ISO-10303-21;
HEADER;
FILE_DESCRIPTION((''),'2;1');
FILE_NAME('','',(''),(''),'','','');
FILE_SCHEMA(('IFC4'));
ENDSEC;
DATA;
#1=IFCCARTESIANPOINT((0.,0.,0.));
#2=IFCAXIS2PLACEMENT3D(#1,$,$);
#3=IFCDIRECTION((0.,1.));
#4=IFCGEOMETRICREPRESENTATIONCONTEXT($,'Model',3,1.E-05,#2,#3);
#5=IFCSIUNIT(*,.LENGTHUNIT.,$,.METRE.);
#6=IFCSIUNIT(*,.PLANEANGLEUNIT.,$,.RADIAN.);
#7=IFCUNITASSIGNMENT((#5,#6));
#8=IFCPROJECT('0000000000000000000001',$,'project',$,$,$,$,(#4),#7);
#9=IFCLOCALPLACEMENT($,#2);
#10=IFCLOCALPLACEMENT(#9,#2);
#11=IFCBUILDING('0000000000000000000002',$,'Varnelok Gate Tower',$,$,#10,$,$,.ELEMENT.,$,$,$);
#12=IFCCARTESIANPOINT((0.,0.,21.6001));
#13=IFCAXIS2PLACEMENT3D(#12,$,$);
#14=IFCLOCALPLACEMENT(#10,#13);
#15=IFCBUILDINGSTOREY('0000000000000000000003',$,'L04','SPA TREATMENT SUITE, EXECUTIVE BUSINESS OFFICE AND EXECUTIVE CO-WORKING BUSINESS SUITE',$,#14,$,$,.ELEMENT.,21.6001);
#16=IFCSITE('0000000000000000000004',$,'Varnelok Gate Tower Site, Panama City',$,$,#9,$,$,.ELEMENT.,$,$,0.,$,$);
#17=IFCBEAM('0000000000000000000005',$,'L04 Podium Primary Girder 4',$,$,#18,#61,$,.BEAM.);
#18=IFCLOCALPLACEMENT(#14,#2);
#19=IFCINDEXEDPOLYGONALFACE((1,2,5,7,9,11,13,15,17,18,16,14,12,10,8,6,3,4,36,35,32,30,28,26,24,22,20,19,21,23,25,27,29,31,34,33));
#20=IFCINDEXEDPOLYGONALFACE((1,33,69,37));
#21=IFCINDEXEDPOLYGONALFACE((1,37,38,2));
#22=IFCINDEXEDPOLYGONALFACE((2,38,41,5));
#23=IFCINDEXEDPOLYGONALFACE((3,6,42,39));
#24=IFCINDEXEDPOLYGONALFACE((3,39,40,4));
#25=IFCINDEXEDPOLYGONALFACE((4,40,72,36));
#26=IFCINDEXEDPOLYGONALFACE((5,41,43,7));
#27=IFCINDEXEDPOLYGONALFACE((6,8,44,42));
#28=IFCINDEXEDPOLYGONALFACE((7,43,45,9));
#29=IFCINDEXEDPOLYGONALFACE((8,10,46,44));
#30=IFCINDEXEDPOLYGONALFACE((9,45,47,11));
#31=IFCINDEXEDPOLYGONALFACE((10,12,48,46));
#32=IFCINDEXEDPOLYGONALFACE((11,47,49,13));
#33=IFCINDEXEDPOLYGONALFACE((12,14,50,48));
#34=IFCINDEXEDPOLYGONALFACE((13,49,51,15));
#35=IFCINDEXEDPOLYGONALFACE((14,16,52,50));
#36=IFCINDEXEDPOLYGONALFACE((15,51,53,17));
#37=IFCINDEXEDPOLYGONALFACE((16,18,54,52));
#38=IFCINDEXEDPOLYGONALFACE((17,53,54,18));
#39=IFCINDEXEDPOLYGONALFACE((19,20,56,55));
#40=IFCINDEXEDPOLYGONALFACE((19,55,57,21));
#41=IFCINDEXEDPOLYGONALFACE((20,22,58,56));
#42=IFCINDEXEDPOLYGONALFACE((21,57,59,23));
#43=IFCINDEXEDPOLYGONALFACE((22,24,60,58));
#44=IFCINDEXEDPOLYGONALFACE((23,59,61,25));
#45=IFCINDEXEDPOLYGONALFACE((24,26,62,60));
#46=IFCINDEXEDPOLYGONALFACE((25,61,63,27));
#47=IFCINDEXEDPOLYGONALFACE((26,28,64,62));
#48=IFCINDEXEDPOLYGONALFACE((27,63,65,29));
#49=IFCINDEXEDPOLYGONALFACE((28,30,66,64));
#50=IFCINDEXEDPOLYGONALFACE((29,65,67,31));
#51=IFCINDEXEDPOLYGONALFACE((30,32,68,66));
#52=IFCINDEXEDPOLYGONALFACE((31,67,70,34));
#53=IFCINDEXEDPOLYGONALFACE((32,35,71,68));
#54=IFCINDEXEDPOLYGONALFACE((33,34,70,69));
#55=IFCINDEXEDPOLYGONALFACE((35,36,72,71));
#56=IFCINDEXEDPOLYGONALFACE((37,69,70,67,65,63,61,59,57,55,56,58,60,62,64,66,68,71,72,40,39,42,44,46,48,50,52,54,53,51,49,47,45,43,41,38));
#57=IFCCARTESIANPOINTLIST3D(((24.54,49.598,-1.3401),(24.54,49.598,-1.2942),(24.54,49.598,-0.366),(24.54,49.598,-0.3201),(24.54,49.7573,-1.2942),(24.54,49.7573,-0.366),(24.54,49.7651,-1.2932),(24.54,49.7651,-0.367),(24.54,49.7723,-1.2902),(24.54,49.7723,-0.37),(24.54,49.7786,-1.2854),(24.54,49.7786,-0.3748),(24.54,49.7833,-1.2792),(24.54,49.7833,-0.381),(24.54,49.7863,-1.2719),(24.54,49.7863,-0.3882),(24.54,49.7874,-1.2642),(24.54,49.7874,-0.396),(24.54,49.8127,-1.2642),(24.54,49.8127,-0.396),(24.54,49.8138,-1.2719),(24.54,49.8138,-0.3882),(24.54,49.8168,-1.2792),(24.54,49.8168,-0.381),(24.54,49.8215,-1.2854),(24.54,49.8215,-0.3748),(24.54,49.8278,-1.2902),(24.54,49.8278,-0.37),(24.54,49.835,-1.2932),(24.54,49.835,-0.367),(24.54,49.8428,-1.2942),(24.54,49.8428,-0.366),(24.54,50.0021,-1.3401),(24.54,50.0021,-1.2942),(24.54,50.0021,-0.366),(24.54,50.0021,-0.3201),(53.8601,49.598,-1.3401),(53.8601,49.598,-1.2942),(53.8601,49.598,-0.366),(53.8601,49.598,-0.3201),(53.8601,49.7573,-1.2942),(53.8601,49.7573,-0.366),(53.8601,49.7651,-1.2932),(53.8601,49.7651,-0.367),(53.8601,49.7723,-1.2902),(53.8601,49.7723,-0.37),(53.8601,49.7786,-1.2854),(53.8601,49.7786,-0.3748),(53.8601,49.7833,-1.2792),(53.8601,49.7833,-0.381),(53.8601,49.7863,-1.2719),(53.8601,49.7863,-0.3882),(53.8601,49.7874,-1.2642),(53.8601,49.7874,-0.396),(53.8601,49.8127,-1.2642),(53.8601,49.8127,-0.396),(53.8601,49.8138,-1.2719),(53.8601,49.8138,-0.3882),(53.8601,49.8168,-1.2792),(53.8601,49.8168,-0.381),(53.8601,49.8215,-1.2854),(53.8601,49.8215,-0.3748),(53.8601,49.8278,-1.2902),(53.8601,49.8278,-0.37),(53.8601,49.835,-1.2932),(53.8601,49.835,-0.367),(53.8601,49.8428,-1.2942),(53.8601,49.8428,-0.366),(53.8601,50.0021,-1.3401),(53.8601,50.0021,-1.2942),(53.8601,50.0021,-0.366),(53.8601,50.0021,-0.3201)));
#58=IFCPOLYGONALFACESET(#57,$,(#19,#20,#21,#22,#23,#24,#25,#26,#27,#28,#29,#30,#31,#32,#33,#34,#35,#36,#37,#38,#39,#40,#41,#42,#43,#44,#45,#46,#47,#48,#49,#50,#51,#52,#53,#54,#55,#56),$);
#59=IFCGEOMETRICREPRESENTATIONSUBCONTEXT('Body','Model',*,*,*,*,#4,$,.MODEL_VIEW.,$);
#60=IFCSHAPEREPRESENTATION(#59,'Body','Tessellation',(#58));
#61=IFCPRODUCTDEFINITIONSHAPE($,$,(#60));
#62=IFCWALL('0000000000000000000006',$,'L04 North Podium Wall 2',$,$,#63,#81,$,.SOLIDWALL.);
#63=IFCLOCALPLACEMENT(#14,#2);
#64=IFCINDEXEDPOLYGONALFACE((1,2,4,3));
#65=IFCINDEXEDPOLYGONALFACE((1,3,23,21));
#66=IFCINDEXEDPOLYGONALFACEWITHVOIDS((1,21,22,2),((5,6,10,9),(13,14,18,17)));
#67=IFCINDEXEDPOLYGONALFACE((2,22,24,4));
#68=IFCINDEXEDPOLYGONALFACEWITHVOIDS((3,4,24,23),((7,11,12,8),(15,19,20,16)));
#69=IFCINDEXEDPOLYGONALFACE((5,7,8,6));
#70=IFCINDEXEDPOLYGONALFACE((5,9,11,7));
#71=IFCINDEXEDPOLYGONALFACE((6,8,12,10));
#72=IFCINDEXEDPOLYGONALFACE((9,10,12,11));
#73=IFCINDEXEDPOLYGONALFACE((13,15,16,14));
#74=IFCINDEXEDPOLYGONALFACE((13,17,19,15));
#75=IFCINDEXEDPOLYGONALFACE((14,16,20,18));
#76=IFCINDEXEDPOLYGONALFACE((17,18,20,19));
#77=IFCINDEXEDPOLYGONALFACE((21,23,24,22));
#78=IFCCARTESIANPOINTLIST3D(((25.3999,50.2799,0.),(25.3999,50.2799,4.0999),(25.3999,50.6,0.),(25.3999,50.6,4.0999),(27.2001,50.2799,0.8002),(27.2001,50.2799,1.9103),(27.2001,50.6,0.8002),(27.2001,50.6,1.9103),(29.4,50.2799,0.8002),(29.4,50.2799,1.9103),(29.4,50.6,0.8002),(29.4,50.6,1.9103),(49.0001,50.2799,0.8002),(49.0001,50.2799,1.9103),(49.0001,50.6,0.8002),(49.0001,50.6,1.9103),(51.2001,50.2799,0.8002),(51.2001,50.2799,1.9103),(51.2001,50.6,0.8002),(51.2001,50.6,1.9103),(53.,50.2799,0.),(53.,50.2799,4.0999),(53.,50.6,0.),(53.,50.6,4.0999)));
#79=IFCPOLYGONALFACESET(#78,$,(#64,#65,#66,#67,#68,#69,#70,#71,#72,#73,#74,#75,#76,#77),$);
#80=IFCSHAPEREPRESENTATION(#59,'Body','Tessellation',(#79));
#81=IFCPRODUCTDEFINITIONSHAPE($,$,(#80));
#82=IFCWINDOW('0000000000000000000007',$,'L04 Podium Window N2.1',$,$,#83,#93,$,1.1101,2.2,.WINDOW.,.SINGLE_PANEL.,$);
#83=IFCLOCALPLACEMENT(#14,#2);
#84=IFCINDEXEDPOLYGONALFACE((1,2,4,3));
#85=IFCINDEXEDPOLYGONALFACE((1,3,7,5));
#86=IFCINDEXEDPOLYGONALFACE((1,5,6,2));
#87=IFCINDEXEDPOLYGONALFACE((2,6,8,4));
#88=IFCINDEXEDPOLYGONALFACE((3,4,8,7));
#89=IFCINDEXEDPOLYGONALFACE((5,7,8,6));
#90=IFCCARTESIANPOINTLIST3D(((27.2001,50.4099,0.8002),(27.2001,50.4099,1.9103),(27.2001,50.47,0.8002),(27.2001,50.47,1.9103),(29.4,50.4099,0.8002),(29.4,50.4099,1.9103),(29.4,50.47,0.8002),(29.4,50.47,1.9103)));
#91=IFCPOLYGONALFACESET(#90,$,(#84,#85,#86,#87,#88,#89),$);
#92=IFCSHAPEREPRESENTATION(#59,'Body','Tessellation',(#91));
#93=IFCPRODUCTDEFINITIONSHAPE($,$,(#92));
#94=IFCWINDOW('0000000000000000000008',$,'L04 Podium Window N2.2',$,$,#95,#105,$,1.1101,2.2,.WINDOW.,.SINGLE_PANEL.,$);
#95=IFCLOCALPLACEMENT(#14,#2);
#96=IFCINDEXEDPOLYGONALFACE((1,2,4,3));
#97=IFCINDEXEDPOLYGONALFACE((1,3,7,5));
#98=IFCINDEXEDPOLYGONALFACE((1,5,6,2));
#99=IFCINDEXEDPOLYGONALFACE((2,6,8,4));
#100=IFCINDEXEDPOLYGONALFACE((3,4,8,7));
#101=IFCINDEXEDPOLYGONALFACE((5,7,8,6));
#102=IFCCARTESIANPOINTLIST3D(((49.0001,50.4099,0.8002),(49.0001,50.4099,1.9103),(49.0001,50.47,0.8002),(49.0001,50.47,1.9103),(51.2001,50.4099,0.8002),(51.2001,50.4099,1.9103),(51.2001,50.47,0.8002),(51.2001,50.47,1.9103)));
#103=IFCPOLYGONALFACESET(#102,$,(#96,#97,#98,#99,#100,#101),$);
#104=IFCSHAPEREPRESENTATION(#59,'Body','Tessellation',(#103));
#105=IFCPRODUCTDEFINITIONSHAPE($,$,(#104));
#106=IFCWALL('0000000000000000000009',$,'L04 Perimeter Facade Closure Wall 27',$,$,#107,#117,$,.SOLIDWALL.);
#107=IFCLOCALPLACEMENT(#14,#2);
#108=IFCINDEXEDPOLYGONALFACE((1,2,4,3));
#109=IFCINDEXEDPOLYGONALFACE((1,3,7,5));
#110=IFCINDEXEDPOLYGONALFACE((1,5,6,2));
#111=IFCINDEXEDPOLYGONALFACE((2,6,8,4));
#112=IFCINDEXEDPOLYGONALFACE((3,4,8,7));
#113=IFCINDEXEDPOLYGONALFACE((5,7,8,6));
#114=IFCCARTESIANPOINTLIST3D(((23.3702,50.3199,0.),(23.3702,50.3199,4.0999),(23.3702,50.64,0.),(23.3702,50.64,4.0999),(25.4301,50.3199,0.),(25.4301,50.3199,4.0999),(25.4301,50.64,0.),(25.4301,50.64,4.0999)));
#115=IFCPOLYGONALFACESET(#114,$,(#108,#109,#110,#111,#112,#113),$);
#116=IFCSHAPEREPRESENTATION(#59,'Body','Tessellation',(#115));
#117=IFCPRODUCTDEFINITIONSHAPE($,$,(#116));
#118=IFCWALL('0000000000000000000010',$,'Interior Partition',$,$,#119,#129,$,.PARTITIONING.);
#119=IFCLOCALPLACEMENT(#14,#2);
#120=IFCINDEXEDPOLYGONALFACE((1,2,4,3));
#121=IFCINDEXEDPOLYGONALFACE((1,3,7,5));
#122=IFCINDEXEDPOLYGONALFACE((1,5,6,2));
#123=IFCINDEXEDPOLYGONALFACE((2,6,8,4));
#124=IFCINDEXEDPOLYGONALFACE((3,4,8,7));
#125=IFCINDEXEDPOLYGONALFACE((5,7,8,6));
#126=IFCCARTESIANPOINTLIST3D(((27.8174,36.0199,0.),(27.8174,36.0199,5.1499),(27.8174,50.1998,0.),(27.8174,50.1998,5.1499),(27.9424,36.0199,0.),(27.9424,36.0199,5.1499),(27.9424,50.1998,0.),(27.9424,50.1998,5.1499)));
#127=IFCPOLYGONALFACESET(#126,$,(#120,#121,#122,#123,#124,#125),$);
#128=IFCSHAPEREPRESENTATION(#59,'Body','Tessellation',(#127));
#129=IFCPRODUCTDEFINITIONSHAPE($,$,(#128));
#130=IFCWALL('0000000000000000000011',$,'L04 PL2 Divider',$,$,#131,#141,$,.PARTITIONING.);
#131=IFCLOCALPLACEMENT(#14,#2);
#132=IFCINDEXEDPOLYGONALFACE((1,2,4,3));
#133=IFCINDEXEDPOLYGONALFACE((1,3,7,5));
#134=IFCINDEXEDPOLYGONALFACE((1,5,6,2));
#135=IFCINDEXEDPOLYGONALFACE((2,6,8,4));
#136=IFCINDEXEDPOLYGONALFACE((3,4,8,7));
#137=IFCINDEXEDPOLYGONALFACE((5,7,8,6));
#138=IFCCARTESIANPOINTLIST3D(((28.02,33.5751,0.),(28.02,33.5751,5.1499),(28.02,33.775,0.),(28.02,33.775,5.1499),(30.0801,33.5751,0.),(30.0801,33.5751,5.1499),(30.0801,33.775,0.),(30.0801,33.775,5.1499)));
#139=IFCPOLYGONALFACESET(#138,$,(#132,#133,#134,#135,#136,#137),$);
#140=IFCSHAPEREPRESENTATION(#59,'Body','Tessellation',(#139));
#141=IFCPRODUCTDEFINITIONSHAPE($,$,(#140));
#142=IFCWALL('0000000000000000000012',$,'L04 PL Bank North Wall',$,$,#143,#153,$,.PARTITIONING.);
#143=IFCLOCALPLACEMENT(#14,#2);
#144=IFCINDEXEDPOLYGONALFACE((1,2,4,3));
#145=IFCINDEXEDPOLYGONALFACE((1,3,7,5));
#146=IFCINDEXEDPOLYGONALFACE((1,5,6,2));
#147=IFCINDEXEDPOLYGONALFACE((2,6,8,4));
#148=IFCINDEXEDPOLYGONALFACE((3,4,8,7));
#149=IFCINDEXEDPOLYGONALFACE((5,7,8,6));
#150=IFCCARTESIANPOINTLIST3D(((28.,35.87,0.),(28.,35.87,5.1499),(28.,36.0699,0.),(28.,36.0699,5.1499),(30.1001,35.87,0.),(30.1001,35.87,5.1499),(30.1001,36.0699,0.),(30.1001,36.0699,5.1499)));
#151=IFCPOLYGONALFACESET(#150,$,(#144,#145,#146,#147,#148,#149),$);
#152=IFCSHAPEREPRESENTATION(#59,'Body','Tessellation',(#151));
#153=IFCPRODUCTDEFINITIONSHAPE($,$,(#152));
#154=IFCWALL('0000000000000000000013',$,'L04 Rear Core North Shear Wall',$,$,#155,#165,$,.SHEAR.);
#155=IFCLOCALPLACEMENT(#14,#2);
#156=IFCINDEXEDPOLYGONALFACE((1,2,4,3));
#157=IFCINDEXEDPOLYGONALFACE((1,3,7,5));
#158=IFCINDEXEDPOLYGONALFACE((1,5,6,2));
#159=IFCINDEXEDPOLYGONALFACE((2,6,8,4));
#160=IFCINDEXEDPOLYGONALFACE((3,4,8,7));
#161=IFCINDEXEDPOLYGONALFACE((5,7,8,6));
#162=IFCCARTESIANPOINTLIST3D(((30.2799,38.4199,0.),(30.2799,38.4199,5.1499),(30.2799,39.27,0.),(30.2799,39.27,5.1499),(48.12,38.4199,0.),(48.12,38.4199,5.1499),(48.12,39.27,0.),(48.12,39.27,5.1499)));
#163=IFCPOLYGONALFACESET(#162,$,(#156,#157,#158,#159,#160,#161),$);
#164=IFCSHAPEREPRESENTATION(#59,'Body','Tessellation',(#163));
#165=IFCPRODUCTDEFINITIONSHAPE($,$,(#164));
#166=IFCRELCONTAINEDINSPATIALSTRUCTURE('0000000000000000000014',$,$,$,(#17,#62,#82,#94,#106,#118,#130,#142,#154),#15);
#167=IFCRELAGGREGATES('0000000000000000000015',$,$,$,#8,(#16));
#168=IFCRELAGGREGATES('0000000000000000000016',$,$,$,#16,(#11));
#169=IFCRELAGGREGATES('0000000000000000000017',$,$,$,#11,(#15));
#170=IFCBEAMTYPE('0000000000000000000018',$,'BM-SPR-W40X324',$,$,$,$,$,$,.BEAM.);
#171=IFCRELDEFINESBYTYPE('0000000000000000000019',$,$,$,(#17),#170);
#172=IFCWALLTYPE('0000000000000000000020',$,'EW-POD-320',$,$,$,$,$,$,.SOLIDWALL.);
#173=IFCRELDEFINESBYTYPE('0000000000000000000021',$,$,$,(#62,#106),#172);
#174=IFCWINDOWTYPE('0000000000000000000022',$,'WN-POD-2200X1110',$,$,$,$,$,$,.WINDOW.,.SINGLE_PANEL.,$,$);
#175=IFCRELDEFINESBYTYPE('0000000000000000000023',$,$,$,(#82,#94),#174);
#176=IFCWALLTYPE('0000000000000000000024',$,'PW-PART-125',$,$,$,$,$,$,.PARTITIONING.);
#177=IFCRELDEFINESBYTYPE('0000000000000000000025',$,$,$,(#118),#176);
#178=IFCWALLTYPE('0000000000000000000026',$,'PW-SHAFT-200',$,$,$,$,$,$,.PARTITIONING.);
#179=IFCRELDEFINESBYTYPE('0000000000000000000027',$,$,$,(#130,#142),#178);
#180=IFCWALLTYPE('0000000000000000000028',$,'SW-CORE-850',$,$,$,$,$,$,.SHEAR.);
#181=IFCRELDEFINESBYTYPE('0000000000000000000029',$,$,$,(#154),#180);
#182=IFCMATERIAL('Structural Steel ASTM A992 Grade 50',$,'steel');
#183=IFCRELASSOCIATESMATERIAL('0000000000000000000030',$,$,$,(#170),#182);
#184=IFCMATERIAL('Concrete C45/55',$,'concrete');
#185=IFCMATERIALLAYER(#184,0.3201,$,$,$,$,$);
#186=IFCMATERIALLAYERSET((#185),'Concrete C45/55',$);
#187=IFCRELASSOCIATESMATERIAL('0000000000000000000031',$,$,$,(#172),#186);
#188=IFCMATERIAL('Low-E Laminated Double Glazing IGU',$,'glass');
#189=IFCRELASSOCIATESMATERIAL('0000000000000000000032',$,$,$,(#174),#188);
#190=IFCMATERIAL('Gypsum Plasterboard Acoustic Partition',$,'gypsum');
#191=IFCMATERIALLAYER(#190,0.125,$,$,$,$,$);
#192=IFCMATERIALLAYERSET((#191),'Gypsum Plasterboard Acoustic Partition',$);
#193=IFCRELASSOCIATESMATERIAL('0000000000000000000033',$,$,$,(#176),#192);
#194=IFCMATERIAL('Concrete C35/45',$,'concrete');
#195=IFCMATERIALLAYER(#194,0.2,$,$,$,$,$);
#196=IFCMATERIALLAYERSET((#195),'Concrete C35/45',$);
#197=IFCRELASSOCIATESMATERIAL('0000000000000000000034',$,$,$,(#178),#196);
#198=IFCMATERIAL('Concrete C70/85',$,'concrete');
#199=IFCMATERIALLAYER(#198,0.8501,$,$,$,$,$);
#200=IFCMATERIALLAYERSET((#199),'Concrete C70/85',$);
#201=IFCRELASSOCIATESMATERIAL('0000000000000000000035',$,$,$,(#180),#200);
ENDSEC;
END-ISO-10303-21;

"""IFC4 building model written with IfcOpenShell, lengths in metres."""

from ifc_helpers import new_model, si_unit, direction, frame, frame_2d, origin, origin_2d, place, context, subcontext, project, spatial, rectangle, i_section, extrude, material, layer, layer_set, material_profile, profile_set, type_object, element, fill, save


model = new_model("IFC4")

# Units and contexts
model_context = context("Model", 3, precision=1e-05, world=origin(), true_north=direction((0.0, 1.0)))
body_context = subcontext(model_context, "Body", "Model", "MODEL_VIEW")
ifc_project = project(units=[si_unit("LENGTHUNIT", "METRE"), si_unit("PLANEANGLEUNIT", "RADIAN")], contexts=[model_context])

# Site, building, storey
site_placement = place(None, origin())
site = spatial("IfcSite", under=ifc_project, at=site_placement, Name="Varnelok Gate Tower Site, Panama City", CompositionType="ELEMENT", RefElevation=0.0)
building_placement = place(site_placement, origin())
building = spatial("IfcBuilding", under=site, at=building_placement, Name="Varnelok Gate Tower", CompositionType="ELEMENT")
storey_placement = place(building_placement, frame((0.0, 0.0, 21.6001)))
storey = spatial("IfcBuildingStorey", under=building, at=storey_placement, Name="L04", Description="SPA TREATMENT SUITE, EXECUTIVE BUSINESS OFFICE AND EXECUTIVE CO-WORKING BUSINESS SUITE", CompositionType="ELEMENT", Elevation=21.6001)

# Shared definitions
ifc_material_1 = material(Name="Concrete C70/85", Category="concrete")

# Beam
ifc_material_2 = material(Name="Structural Steel ASTM A992 Grade 50", Category="steel")
ifc_material_profile_1 = material_profile(ifc_material_2, i_section(OverallWidth=0.4041, OverallDepth=1.02, WebThickness=0.0254, FlangeThickness=0.0459, FilletRadius=0.03, at=origin_2d()), Name="W40X324")
ifc_profile_set_1 = profile_set([ifc_material_profile_1], Name="Structural Steel ASTM A992 Grade 50")
beam_type_1 = type_object("IfcBeamType", Name="BM-SPR-W40X324", PredefinedType="BEAM", material=ifc_profile_set_1)
beam_1_placement = place(storey_placement, frame((24.54, 49.8, -0.8301), z_axis=(1.0, 0.0, 0.0), x_axis=(0.0, 1.0, 0.0)))
element("IfcBeam", 1, at=beam_1_placement, inside=storey, type_object=beam_type_1, Name="L04 Podium Primary Girder 4", PredefinedType="BEAM", context=body_context, shape_type="SweptSolid", body=[
    extrude(i_section(OverallWidth=0.4041, OverallDepth=1.02, WebThickness=0.0254, FlangeThickness=0.0459, FilletRadius=0.03, at=origin_2d()), origin(), (0.0, 0.0, 1.0), 29.3201),
])

# Wall, openings, windows
ifc_material_3 = material(Name="Concrete C45/55", Category="concrete")
ifc_layer_1 = layer(ifc_material_3, 0.3201)
ifc_layer_set_1 = layer_set([ifc_layer_1], Name="Concrete C45/55")
wall_type_1 = type_object("IfcWallType", Name="EW-POD-320", PredefinedType="SOLIDWALL", material=ifc_layer_set_1)
wall_1_placement = place(storey_placement, frame((25.3999, 50.4399, 0.0), z_axis=(0.0, 0.0, 1.0), x_axis=(1.0, 0.0, 0.0)))
wall_1 = element("IfcWall", 2, at=wall_1_placement, inside=storey, type_object=wall_type_1, Name="L04 North Podium Wall 2", PredefinedType="SOLIDWALL", context=body_context, shape_type="SweptSolid", body=[
    extrude(rectangle(XDim=27.6001, YDim=0.3201, at=frame_2d((13.8, 0.0))), origin(), (0.0, 0.0, 1.0), 4.0999),
])
opening_1_placement = place(wall_1_placement, frame((1.8, 0.0, 0.8)))
opening_1 = element("IfcOpeningElement", 3, at=opening_1_placement, cuts=wall_1, PredefinedType="OPENING", context=body_context, shape_type="SweptSolid", body=[
    extrude(rectangle(XDim=2.2, YDim=1.1101, at=frame_2d((1.1001, 0.5552))), frame((0.0, 0.1699, 0.0), z_axis=(0.0, -1.0, 0.0), x_axis=(1.0, 0.0, 0.0)), (0.0, 0.0, 1.0), 0.3401),
])
opening_2_placement = place(wall_1_placement, frame((23.6001, 0.0, 0.8)))
opening_2 = element("IfcOpeningElement", 4, at=opening_2_placement, cuts=wall_1, PredefinedType="OPENING", context=body_context, shape_type="SweptSolid", body=[
    extrude(rectangle(XDim=2.2, YDim=1.1101, at=frame_2d((1.1001, 0.5552))), frame((0.0, 0.1699, 0.0), z_axis=(0.0, -1.0, 0.0), x_axis=(1.0, 0.0, 0.0)), (0.0, 0.0, 1.0), 0.3401),
])
ifc_material_4 = material(Name="Low-E Laminated Double Glazing IGU", Category="glass")
window_type = type_object("IfcWindowType", Name="WN-POD-2200X1110", PartitioningType="SINGLE_PANEL", PredefinedType="WINDOW", material=ifc_material_4)
window_1_placement = place(opening_1_placement, origin())
window_1 = element("IfcWindow", 5, at=window_1_placement, inside=storey, type_object=window_type, Name="L04 Podium Window N2.1", OverallHeight=1.1101, OverallWidth=2.2, PartitioningType="SINGLE_PANEL", PredefinedType="WINDOW", context=body_context, shape_type="SweptSolid", body=[
    extrude(rectangle(XDim=2.2, YDim=1.1101, at=frame_2d((1.1001, 0.5552))), frame((0.0, 0.03, 0.0), z_axis=(0.0, -1.0, 0.0), x_axis=(1.0, 0.0, 0.0)), (0.0, 0.0, 1.0), 0.0601),
])
fill(opening_1, window_1)
window_2_placement = place(opening_2_placement, origin())
window_2 = element("IfcWindow", 6, at=window_2_placement, inside=storey, type_object=window_type, Name="L04 Podium Window N2.2", OverallHeight=1.1101, OverallWidth=2.2, PartitioningType="SINGLE_PANEL", PredefinedType="WINDOW", context=body_context, shape_type="SweptSolid", body=[
    extrude(rectangle(XDim=2.2, YDim=1.1101, at=frame_2d((1.1001, 0.5552))), frame((0.0, 0.03, 0.0), z_axis=(0.0, -1.0, 0.0), x_axis=(1.0, 0.0, 0.0)), (0.0, 0.0, 1.0), 0.0601),
])
fill(opening_2, window_2)

# Walls
wall_2_placement = place(storey_placement, frame((25.4299, 50.48, 0.0), z_axis=(0.0, 0.0, 1.0), x_axis=(-1.0, 0.0, 0.0)))
element("IfcWall", 7, at=wall_2_placement, inside=storey, type_object=wall_type_1, Name="L04 Perimeter Facade Closure Wall 27", PredefinedType="SOLIDWALL", context=body_context, shape_type="SweptSolid", body=[
    extrude(rectangle(XDim=2.0598, YDim=0.3201, at=frame_2d((1.0298, 0.0))), origin(), (0.0, 0.0, 1.0), 4.0999),
])
ifc_material_5 = material(Name="Gypsum Plasterboard Acoustic Partition", Category="gypsum")
ifc_layer_2 = layer(ifc_material_5, 0.125)
ifc_layer_set_2 = layer_set([ifc_layer_2], Name="Gypsum Plasterboard Acoustic Partition")
wall_type_2 = type_object("IfcWallType", Name="PW-PART-125", PredefinedType="PARTITIONING", material=ifc_layer_set_2)
wall_3_placement = place(storey_placement, frame((27.8799, 36.02, 0.0), z_axis=(0.0, 0.0, 1.0), x_axis=(0.0, 1.0, 0.0)))
element("IfcWall", 8, at=wall_3_placement, inside=storey, type_object=wall_type_2, Name="Interior Partition", PredefinedType="PARTITIONING", context=body_context, shape_type="SweptSolid", body=[
    extrude(rectangle(XDim=14.1799, YDim=0.125, at=frame_2d((7.0898, 0.0))), origin(), (0.0, 0.0, 1.0), 5.1499),
])
ifc_material_6 = material(Name="Concrete C35/45", Category="concrete")
ifc_layer_3 = layer(ifc_material_6, 0.2)
ifc_layer_set_3 = layer_set([ifc_layer_3], Name="Concrete C35/45")
wall_type_3 = type_object("IfcWallType", Name="PW-SHAFT-200", PredefinedType="PARTITIONING", material=ifc_layer_set_3)
wall_4_placement = place(storey_placement, frame((28.02, 33.675, 0.0), z_axis=(0.0, 0.0, 1.0), x_axis=(1.0, 0.0, 0.0)))
element("IfcWall", 9, at=wall_4_placement, inside=storey, type_object=wall_type_3, Name="L04 PL2 Divider", PredefinedType="PARTITIONING", context=body_context, shape_type="SweptSolid", body=[
    extrude(rectangle(XDim=2.0601, YDim=0.2, at=frame_2d((1.03, 0.0))), origin(), (0.0, 0.0, 1.0), 5.1499),
])
wall_5_placement = place(storey_placement, frame((28.0, 35.97, 0.0), z_axis=(0.0, 0.0, 1.0), x_axis=(1.0, 0.0, 0.0)))
element("IfcWall", 10, at=wall_5_placement, inside=storey, type_object=wall_type_3, Name="L04 PL Bank North Wall", PredefinedType="PARTITIONING", context=body_context, shape_type="SweptSolid", body=[
    extrude(rectangle(XDim=2.1001, YDim=0.2, at=frame_2d((1.05, 0.0))), origin(), (0.0, 0.0, 1.0), 5.1499),
])
ifc_layer_4 = layer(ifc_material_1, 0.8501)
ifc_layer_set_4 = layer_set([ifc_layer_4], Name="Concrete C70/85")
wall_type_4 = type_object("IfcWallType", Name="SW-CORE-850", PredefinedType="SHEAR", material=ifc_layer_set_4)
wall_6_placement = place(storey_placement, frame((30.28, 38.845, 0.0), z_axis=(0.0, 0.0, 1.0), x_axis=(1.0, 0.0, 0.0)))
element("IfcWall", 11, at=wall_6_placement, inside=storey, type_object=wall_type_4, Name="L04 Rear Core North Shear Wall", PredefinedType="SHEAR", context=body_context, shape_type="SweptSolid", body=[
    extrude(rectangle(XDim=17.8401, YDim=0.8501, at=frame_2d((8.9199, 0.0))), origin(), (0.0, 0.0, 1.0), 5.1499),
])

save(model, "model.ifc")
